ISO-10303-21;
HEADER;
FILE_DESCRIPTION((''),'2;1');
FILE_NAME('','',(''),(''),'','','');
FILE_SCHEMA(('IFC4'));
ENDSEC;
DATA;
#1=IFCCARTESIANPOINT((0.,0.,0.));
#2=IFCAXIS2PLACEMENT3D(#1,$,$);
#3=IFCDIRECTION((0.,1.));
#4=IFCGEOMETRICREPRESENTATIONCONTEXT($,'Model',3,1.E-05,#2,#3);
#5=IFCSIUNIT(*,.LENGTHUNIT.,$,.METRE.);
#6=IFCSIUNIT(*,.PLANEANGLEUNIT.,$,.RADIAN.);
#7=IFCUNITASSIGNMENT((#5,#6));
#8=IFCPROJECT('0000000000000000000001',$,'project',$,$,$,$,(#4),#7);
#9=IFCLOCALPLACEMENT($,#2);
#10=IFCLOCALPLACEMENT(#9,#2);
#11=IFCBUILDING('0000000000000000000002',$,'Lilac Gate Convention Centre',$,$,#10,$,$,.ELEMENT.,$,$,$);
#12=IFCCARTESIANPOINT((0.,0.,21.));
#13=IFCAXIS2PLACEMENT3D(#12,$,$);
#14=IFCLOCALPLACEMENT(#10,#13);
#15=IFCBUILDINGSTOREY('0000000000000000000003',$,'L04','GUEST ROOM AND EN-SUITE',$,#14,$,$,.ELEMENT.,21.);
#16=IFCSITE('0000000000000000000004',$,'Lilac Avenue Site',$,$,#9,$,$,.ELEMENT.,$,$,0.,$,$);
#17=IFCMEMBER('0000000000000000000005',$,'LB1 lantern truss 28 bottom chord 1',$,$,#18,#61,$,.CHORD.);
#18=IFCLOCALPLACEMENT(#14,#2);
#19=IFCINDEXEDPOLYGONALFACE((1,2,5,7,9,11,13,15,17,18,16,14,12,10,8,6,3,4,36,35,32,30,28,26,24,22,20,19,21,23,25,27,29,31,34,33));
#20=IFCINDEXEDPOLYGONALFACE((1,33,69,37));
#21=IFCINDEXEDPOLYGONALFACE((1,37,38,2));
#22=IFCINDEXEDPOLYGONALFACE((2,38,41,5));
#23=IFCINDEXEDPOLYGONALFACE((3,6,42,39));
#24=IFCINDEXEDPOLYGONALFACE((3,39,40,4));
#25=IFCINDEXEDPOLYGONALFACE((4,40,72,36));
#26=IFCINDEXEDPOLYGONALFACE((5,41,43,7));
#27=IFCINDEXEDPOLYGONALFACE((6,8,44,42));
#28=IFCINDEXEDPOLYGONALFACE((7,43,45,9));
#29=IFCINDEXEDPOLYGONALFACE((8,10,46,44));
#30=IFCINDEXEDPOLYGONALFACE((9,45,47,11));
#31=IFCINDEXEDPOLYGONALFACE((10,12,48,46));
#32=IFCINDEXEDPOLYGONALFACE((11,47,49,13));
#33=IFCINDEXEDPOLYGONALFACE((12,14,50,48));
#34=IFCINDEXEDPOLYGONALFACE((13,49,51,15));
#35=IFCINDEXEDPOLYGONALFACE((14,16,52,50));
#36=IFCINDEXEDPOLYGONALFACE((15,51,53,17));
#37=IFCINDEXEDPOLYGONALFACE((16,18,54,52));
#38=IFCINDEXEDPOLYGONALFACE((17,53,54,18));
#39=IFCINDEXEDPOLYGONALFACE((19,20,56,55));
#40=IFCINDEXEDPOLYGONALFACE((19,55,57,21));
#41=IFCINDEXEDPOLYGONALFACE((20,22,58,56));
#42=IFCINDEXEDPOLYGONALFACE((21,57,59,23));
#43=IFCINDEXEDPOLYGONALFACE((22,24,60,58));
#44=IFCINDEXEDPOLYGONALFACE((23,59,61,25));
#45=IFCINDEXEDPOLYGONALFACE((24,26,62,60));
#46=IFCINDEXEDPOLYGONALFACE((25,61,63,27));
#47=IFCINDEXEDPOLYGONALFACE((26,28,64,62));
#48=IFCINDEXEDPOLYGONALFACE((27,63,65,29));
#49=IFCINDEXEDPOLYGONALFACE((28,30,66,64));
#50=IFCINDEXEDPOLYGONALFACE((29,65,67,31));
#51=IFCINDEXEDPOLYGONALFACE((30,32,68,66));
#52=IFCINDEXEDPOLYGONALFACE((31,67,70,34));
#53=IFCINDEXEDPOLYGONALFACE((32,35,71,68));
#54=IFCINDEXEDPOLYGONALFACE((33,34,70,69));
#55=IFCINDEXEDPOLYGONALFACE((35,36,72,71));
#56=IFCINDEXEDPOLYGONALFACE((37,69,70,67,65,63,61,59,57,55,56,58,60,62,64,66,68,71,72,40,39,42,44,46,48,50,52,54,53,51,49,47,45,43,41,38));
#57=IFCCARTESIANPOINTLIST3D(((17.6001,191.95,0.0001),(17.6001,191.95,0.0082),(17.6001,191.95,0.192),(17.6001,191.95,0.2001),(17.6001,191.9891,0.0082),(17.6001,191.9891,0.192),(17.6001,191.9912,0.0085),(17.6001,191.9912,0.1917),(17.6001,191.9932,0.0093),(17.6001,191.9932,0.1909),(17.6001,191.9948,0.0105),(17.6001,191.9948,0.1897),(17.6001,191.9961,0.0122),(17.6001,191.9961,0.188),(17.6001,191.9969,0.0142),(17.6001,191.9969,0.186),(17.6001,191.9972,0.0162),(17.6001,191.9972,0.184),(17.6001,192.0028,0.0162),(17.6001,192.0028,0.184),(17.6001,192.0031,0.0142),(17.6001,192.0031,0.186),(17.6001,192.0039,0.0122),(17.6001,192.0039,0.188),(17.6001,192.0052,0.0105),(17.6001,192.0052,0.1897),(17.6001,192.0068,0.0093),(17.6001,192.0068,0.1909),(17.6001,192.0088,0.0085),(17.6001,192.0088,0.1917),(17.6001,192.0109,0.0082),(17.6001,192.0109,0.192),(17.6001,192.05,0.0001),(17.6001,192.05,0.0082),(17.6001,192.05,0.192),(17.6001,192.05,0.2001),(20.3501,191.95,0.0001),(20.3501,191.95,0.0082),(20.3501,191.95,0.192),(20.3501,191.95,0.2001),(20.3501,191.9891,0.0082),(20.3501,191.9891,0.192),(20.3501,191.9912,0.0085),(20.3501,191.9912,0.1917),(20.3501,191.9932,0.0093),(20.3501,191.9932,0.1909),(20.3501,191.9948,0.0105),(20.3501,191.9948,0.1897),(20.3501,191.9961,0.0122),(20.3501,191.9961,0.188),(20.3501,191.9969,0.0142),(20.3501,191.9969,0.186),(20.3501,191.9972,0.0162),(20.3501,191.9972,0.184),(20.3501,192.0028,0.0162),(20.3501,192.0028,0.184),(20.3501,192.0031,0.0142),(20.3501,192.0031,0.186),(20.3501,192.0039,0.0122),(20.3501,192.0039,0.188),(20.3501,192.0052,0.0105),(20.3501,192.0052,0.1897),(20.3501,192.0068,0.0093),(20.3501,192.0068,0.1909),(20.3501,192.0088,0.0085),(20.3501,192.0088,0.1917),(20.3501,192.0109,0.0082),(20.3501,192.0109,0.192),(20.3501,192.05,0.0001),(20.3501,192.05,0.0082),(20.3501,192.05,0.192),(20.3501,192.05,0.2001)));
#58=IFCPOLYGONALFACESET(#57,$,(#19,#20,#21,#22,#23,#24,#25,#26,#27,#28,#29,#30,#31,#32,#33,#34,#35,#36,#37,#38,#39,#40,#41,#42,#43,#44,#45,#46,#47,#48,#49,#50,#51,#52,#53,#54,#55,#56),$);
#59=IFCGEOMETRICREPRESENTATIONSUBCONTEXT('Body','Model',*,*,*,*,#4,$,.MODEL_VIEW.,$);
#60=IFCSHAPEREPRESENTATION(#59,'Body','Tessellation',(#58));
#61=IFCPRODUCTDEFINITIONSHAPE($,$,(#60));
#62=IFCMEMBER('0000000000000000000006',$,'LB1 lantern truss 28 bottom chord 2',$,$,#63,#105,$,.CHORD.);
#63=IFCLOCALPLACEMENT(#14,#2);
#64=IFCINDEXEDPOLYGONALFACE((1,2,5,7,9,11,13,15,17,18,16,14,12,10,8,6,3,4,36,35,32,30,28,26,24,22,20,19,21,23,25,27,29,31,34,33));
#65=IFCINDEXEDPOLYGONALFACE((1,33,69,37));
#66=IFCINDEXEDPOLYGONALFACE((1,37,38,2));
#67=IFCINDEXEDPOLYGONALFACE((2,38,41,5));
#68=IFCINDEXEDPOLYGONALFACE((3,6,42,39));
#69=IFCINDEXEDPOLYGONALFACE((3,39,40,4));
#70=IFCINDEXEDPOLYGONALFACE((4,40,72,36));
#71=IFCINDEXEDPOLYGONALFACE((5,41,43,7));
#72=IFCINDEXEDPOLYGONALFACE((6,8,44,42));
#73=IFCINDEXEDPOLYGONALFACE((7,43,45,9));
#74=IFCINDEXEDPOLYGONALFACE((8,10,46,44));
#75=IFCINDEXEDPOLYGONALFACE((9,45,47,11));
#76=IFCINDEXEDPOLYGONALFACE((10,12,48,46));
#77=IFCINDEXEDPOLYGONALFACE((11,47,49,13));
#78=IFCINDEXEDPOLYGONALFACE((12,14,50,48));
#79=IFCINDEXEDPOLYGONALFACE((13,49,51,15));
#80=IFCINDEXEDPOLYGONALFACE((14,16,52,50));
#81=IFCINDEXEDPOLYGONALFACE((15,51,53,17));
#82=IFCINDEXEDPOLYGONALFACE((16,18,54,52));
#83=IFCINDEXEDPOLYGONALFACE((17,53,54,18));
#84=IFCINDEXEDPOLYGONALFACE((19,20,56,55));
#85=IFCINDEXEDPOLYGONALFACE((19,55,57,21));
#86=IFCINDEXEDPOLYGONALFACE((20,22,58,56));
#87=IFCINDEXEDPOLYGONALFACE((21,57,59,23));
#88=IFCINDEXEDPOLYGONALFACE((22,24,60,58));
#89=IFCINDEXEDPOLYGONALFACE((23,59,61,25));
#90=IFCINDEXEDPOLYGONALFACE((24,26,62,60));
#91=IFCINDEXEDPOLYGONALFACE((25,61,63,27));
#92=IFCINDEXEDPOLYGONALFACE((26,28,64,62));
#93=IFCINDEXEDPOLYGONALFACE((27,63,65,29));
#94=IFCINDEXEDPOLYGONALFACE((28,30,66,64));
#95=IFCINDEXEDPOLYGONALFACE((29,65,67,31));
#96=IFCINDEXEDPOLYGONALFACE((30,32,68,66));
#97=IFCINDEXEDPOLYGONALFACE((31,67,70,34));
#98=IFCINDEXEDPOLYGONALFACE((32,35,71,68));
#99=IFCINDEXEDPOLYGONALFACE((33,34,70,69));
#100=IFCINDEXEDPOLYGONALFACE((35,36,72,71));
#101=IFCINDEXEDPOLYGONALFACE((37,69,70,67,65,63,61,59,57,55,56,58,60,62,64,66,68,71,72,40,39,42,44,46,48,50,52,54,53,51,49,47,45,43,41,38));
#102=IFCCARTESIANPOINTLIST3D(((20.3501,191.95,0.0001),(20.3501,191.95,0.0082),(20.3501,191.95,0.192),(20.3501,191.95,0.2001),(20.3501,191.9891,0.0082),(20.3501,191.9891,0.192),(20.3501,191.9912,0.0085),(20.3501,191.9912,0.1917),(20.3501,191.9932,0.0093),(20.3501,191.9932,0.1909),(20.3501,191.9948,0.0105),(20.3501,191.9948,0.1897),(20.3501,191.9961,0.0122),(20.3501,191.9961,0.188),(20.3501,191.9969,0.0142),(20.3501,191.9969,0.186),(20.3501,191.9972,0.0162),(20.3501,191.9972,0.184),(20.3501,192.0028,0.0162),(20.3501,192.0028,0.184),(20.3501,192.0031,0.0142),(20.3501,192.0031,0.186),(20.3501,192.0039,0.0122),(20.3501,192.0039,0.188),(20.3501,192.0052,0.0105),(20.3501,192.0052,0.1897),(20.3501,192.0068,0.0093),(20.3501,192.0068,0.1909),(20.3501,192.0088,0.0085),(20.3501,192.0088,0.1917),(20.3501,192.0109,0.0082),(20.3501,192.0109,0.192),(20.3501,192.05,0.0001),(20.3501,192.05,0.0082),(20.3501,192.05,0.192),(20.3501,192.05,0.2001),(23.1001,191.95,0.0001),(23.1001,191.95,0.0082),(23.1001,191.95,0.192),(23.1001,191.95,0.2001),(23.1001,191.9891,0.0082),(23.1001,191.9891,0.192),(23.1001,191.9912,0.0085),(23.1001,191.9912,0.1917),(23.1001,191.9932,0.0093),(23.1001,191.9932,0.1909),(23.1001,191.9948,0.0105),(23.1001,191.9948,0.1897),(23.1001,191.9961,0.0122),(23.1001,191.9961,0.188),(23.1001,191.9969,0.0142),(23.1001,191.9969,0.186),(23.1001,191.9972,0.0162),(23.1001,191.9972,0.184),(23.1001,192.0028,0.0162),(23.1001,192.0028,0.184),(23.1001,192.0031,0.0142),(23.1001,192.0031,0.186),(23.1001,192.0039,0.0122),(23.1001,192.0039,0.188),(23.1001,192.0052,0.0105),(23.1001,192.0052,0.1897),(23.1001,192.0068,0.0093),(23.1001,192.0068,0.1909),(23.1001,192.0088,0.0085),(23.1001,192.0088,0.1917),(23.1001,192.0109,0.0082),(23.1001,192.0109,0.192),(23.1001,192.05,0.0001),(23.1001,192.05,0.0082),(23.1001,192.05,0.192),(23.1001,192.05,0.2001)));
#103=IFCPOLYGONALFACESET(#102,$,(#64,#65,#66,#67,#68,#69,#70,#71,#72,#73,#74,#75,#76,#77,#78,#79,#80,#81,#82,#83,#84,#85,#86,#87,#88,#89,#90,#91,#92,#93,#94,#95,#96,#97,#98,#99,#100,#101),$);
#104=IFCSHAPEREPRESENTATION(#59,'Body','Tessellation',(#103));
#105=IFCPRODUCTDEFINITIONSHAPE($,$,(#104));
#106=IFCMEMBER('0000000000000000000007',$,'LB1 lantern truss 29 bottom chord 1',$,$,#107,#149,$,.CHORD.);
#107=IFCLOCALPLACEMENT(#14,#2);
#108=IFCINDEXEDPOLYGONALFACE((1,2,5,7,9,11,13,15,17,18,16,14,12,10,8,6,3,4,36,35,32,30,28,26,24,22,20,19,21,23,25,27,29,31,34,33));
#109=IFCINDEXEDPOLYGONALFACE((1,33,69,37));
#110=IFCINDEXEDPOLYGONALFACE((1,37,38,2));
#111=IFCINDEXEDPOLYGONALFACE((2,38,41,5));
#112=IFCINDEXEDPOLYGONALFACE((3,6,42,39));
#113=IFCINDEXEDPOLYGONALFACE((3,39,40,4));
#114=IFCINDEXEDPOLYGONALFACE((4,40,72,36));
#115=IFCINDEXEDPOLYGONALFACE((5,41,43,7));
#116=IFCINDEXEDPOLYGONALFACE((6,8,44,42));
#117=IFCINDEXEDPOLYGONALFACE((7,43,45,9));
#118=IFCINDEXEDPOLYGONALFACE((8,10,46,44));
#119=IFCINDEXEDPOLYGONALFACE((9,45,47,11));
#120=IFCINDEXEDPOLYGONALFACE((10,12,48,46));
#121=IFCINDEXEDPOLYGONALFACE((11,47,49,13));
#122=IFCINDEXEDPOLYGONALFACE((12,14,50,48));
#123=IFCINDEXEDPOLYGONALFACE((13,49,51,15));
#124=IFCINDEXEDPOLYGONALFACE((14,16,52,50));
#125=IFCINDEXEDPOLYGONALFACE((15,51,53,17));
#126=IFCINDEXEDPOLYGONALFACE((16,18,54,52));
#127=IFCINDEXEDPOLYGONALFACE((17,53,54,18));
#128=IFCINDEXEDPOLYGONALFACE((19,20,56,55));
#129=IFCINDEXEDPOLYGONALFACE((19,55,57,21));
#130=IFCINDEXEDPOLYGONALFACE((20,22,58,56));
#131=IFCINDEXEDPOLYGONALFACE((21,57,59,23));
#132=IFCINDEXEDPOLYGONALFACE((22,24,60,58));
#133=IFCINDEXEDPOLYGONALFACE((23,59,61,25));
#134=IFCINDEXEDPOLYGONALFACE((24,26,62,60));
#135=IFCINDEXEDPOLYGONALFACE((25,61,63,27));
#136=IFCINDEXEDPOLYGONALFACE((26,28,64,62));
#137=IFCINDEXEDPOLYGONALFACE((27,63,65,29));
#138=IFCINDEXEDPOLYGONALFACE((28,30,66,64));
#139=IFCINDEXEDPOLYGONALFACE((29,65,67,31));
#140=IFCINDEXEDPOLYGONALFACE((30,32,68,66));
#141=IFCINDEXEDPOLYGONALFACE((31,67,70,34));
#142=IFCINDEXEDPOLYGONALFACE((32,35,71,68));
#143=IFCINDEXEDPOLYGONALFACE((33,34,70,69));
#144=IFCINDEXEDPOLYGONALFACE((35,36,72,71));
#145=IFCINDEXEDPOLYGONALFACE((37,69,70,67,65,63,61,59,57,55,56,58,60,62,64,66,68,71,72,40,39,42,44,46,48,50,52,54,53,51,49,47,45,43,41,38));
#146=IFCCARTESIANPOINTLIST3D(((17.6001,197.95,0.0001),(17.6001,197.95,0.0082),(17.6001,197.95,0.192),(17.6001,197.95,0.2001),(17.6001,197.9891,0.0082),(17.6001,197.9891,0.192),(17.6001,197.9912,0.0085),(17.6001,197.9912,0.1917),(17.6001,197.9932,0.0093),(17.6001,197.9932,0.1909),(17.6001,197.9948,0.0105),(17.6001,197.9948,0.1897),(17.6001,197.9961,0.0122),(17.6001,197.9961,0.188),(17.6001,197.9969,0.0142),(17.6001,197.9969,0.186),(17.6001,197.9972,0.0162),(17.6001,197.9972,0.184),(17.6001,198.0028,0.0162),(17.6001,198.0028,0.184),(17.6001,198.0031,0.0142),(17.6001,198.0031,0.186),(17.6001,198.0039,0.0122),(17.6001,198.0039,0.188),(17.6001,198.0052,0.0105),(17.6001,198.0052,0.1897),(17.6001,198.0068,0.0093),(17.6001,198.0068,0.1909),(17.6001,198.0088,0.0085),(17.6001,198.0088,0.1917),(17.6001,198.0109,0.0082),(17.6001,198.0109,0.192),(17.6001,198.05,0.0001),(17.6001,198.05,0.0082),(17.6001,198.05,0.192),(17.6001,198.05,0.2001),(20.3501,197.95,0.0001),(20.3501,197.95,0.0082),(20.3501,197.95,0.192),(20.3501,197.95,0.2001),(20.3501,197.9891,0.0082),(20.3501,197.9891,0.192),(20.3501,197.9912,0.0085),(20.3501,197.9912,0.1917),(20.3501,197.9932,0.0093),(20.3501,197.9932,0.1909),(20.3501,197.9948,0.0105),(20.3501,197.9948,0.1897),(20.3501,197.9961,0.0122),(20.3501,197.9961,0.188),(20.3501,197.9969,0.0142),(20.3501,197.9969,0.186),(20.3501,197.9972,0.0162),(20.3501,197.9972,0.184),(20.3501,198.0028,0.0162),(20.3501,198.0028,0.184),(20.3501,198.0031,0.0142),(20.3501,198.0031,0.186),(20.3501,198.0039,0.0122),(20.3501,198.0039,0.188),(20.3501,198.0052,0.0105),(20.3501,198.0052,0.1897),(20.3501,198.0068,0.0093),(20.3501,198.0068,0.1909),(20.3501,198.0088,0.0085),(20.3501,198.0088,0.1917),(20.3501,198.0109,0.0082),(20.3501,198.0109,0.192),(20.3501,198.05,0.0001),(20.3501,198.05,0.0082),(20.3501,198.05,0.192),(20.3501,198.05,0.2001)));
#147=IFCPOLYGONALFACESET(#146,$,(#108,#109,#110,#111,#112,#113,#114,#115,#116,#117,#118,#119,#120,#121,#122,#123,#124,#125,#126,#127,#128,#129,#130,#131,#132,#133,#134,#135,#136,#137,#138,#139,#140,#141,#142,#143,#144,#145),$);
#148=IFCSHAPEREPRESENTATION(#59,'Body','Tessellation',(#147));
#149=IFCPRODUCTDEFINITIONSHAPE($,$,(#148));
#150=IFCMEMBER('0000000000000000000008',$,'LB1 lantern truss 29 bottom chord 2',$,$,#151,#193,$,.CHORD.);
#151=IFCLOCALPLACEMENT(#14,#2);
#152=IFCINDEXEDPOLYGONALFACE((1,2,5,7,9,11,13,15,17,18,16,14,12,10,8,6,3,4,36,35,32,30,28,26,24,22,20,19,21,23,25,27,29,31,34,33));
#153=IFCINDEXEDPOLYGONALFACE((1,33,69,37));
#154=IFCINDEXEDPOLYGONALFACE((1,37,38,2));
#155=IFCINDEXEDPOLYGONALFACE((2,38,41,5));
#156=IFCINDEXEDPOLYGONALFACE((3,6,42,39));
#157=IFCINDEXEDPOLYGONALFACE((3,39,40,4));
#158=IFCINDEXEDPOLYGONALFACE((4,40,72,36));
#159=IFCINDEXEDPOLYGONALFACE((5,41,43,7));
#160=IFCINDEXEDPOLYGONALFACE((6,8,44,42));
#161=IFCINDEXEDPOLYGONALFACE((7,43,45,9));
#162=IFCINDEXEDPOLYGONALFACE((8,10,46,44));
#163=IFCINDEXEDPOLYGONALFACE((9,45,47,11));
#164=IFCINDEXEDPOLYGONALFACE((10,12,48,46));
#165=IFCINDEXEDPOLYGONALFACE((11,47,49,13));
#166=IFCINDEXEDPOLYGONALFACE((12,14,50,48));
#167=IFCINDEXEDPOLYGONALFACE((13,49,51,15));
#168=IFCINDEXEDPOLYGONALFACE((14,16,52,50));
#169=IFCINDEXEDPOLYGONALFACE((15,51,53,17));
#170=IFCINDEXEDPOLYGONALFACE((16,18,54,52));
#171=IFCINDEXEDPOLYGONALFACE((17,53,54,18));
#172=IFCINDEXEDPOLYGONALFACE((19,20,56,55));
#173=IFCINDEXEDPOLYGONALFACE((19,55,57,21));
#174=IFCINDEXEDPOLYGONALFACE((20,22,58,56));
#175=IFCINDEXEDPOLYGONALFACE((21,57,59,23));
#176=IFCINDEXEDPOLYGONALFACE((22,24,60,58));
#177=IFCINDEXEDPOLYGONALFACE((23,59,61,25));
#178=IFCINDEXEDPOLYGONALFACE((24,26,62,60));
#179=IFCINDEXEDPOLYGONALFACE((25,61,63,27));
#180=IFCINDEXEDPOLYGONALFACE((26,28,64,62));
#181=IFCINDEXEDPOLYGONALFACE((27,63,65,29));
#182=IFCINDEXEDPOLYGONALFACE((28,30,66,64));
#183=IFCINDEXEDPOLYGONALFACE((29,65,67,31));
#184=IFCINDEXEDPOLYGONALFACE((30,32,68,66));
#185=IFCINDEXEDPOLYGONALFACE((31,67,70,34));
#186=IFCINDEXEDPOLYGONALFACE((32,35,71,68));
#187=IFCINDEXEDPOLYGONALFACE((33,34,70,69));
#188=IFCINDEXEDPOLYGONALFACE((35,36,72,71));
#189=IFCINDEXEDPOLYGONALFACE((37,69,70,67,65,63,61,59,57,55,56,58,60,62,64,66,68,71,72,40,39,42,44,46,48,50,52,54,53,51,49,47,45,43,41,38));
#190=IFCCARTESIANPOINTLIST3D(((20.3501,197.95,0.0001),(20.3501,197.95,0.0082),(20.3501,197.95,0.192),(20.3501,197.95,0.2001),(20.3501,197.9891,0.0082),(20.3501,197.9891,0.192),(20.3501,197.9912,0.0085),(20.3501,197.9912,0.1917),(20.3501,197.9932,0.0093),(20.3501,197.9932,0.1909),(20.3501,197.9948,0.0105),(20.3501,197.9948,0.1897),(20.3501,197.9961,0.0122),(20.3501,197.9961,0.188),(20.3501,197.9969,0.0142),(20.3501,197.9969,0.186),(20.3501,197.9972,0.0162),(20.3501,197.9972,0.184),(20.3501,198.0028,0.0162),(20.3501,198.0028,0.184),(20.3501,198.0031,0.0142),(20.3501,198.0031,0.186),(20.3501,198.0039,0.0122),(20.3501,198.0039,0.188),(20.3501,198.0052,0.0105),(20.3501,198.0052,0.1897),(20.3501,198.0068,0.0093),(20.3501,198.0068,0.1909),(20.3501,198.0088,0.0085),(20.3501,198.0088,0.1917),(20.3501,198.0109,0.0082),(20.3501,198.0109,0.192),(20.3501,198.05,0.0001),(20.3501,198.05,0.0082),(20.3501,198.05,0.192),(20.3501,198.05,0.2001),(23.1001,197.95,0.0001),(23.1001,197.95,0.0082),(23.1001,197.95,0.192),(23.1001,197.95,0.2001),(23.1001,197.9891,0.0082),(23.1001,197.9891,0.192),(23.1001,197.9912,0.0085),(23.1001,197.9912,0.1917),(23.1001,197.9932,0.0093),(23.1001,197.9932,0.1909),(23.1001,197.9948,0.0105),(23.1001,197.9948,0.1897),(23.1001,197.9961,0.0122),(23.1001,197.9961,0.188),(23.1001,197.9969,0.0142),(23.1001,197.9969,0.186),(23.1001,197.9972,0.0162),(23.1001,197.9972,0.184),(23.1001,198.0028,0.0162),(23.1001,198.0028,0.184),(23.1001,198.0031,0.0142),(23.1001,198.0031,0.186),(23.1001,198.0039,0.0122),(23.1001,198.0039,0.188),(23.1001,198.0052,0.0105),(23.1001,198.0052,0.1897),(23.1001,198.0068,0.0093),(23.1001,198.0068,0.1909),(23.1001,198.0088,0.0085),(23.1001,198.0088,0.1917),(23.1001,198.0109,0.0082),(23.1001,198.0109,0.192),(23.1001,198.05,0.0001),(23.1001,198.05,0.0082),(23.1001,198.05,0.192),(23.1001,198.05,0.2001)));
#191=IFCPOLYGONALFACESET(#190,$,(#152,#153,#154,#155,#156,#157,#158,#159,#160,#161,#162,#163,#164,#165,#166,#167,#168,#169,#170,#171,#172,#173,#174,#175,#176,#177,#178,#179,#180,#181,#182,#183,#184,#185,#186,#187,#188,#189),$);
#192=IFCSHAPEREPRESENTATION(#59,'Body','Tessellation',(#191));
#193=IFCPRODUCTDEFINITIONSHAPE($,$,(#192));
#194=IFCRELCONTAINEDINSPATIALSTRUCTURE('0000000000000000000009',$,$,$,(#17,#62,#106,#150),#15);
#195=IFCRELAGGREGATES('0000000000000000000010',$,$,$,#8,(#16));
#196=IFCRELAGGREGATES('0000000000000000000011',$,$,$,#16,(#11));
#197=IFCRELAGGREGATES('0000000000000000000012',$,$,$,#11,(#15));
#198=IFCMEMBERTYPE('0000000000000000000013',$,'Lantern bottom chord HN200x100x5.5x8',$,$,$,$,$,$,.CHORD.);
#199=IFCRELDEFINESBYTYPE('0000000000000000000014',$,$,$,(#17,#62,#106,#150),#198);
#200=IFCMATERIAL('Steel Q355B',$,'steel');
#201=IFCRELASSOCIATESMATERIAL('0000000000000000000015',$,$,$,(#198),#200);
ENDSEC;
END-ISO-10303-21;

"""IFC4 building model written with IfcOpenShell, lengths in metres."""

from ifc_helpers import new_model, si_unit, direction, frame, origin, origin_2d, place, context, subcontext, project, spatial, i_section, extrude, material, material_profile, profile_set, type_object, element, save


model = new_model("IFC4")

# Units and contexts
model_context = context("Model", 3, precision=1e-05, world=origin(), true_north=direction((0.0, 1.0)))
body_context = subcontext(model_context, "Body", "Model", "MODEL_VIEW")
ifc_project = project(units=[si_unit("LENGTHUNIT", "METRE"), si_unit("PLANEANGLEUNIT", "RADIAN")], contexts=[model_context])

# Site, building, storey
site_placement = place(None, origin())
site = spatial("IfcSite", under=ifc_project, at=site_placement, Name="Lilac Avenue Site", CompositionType="ELEMENT", RefElevation=0.0)
building_placement = place(site_placement, origin())
building = spatial("IfcBuilding", under=site, at=building_placement, Name="Lilac Gate Convention Centre", CompositionType="ELEMENT")
storey_placement = place(building_placement, frame((0.0, 0.0, 21.0)))
storey = spatial("IfcBuildingStorey", under=building, at=storey_placement, Name="L04", Description="GUEST ROOM AND EN-SUITE", CompositionType="ELEMENT", Elevation=21.0)

# Members
ifc_material_1 = material(Name="Steel Q355B", Category="steel")
ifc_material_profile_1 = material_profile(ifc_material_1, i_section(OverallWidth=0.1001, OverallDepth=0.2, WebThickness=0.0056, FlangeThickness=0.0081, FilletRadius=0.0081, at=origin_2d()), Name="HN200x100x5.5x8")
ifc_profile_set_1 = profile_set([ifc_material_profile_1], Name="Steel Q355B")
member_type_1 = type_object("IfcMemberType", Name="Lantern bottom chord HN200x100x5.5x8", PredefinedType="CHORD", material=ifc_profile_set_1)
for number, where, z_axis, x_axis, name in (
    (1, (17.6001, 192.0, 0.1001), (1.0, 0.0, 0.0), (0.0, 1.0, 0.0), "LB1 lantern truss 28 bottom chord 1"),
    (2, (20.3501, 192.0, 0.1001), (1.0, 0.0, 0.0), (0.0, 1.0, 0.0), "LB1 lantern truss 28 bottom chord 2"),
    (3, (17.6001, 198.0, 0.1001), (1.0, 0.0, 0.0), (0.0, 1.0, 0.0), "LB1 lantern truss 29 bottom chord 1"),
    (4, (20.3501, 198.0, 0.1001), (1.0, 0.0, 0.0), (0.0, 1.0, 0.0), "LB1 lantern truss 29 bottom chord 2"),
):
    element("IfcMember", number, at=place(storey_placement, frame(where, z_axis=z_axis, x_axis=x_axis)), inside=storey, type_object=member_type_1, Name=name, PredefinedType="CHORD", context=body_context, shape_type="SweptSolid", body=[
        extrude(i_section(OverallWidth=0.1001, OverallDepth=0.2, WebThickness=0.0056, FlangeThickness=0.0081, FilletRadius=0.0081, at=origin_2d()), origin(), (0.0, 0.0, 1.0), 2.75),
    ])

save(model, "model.ifc")
